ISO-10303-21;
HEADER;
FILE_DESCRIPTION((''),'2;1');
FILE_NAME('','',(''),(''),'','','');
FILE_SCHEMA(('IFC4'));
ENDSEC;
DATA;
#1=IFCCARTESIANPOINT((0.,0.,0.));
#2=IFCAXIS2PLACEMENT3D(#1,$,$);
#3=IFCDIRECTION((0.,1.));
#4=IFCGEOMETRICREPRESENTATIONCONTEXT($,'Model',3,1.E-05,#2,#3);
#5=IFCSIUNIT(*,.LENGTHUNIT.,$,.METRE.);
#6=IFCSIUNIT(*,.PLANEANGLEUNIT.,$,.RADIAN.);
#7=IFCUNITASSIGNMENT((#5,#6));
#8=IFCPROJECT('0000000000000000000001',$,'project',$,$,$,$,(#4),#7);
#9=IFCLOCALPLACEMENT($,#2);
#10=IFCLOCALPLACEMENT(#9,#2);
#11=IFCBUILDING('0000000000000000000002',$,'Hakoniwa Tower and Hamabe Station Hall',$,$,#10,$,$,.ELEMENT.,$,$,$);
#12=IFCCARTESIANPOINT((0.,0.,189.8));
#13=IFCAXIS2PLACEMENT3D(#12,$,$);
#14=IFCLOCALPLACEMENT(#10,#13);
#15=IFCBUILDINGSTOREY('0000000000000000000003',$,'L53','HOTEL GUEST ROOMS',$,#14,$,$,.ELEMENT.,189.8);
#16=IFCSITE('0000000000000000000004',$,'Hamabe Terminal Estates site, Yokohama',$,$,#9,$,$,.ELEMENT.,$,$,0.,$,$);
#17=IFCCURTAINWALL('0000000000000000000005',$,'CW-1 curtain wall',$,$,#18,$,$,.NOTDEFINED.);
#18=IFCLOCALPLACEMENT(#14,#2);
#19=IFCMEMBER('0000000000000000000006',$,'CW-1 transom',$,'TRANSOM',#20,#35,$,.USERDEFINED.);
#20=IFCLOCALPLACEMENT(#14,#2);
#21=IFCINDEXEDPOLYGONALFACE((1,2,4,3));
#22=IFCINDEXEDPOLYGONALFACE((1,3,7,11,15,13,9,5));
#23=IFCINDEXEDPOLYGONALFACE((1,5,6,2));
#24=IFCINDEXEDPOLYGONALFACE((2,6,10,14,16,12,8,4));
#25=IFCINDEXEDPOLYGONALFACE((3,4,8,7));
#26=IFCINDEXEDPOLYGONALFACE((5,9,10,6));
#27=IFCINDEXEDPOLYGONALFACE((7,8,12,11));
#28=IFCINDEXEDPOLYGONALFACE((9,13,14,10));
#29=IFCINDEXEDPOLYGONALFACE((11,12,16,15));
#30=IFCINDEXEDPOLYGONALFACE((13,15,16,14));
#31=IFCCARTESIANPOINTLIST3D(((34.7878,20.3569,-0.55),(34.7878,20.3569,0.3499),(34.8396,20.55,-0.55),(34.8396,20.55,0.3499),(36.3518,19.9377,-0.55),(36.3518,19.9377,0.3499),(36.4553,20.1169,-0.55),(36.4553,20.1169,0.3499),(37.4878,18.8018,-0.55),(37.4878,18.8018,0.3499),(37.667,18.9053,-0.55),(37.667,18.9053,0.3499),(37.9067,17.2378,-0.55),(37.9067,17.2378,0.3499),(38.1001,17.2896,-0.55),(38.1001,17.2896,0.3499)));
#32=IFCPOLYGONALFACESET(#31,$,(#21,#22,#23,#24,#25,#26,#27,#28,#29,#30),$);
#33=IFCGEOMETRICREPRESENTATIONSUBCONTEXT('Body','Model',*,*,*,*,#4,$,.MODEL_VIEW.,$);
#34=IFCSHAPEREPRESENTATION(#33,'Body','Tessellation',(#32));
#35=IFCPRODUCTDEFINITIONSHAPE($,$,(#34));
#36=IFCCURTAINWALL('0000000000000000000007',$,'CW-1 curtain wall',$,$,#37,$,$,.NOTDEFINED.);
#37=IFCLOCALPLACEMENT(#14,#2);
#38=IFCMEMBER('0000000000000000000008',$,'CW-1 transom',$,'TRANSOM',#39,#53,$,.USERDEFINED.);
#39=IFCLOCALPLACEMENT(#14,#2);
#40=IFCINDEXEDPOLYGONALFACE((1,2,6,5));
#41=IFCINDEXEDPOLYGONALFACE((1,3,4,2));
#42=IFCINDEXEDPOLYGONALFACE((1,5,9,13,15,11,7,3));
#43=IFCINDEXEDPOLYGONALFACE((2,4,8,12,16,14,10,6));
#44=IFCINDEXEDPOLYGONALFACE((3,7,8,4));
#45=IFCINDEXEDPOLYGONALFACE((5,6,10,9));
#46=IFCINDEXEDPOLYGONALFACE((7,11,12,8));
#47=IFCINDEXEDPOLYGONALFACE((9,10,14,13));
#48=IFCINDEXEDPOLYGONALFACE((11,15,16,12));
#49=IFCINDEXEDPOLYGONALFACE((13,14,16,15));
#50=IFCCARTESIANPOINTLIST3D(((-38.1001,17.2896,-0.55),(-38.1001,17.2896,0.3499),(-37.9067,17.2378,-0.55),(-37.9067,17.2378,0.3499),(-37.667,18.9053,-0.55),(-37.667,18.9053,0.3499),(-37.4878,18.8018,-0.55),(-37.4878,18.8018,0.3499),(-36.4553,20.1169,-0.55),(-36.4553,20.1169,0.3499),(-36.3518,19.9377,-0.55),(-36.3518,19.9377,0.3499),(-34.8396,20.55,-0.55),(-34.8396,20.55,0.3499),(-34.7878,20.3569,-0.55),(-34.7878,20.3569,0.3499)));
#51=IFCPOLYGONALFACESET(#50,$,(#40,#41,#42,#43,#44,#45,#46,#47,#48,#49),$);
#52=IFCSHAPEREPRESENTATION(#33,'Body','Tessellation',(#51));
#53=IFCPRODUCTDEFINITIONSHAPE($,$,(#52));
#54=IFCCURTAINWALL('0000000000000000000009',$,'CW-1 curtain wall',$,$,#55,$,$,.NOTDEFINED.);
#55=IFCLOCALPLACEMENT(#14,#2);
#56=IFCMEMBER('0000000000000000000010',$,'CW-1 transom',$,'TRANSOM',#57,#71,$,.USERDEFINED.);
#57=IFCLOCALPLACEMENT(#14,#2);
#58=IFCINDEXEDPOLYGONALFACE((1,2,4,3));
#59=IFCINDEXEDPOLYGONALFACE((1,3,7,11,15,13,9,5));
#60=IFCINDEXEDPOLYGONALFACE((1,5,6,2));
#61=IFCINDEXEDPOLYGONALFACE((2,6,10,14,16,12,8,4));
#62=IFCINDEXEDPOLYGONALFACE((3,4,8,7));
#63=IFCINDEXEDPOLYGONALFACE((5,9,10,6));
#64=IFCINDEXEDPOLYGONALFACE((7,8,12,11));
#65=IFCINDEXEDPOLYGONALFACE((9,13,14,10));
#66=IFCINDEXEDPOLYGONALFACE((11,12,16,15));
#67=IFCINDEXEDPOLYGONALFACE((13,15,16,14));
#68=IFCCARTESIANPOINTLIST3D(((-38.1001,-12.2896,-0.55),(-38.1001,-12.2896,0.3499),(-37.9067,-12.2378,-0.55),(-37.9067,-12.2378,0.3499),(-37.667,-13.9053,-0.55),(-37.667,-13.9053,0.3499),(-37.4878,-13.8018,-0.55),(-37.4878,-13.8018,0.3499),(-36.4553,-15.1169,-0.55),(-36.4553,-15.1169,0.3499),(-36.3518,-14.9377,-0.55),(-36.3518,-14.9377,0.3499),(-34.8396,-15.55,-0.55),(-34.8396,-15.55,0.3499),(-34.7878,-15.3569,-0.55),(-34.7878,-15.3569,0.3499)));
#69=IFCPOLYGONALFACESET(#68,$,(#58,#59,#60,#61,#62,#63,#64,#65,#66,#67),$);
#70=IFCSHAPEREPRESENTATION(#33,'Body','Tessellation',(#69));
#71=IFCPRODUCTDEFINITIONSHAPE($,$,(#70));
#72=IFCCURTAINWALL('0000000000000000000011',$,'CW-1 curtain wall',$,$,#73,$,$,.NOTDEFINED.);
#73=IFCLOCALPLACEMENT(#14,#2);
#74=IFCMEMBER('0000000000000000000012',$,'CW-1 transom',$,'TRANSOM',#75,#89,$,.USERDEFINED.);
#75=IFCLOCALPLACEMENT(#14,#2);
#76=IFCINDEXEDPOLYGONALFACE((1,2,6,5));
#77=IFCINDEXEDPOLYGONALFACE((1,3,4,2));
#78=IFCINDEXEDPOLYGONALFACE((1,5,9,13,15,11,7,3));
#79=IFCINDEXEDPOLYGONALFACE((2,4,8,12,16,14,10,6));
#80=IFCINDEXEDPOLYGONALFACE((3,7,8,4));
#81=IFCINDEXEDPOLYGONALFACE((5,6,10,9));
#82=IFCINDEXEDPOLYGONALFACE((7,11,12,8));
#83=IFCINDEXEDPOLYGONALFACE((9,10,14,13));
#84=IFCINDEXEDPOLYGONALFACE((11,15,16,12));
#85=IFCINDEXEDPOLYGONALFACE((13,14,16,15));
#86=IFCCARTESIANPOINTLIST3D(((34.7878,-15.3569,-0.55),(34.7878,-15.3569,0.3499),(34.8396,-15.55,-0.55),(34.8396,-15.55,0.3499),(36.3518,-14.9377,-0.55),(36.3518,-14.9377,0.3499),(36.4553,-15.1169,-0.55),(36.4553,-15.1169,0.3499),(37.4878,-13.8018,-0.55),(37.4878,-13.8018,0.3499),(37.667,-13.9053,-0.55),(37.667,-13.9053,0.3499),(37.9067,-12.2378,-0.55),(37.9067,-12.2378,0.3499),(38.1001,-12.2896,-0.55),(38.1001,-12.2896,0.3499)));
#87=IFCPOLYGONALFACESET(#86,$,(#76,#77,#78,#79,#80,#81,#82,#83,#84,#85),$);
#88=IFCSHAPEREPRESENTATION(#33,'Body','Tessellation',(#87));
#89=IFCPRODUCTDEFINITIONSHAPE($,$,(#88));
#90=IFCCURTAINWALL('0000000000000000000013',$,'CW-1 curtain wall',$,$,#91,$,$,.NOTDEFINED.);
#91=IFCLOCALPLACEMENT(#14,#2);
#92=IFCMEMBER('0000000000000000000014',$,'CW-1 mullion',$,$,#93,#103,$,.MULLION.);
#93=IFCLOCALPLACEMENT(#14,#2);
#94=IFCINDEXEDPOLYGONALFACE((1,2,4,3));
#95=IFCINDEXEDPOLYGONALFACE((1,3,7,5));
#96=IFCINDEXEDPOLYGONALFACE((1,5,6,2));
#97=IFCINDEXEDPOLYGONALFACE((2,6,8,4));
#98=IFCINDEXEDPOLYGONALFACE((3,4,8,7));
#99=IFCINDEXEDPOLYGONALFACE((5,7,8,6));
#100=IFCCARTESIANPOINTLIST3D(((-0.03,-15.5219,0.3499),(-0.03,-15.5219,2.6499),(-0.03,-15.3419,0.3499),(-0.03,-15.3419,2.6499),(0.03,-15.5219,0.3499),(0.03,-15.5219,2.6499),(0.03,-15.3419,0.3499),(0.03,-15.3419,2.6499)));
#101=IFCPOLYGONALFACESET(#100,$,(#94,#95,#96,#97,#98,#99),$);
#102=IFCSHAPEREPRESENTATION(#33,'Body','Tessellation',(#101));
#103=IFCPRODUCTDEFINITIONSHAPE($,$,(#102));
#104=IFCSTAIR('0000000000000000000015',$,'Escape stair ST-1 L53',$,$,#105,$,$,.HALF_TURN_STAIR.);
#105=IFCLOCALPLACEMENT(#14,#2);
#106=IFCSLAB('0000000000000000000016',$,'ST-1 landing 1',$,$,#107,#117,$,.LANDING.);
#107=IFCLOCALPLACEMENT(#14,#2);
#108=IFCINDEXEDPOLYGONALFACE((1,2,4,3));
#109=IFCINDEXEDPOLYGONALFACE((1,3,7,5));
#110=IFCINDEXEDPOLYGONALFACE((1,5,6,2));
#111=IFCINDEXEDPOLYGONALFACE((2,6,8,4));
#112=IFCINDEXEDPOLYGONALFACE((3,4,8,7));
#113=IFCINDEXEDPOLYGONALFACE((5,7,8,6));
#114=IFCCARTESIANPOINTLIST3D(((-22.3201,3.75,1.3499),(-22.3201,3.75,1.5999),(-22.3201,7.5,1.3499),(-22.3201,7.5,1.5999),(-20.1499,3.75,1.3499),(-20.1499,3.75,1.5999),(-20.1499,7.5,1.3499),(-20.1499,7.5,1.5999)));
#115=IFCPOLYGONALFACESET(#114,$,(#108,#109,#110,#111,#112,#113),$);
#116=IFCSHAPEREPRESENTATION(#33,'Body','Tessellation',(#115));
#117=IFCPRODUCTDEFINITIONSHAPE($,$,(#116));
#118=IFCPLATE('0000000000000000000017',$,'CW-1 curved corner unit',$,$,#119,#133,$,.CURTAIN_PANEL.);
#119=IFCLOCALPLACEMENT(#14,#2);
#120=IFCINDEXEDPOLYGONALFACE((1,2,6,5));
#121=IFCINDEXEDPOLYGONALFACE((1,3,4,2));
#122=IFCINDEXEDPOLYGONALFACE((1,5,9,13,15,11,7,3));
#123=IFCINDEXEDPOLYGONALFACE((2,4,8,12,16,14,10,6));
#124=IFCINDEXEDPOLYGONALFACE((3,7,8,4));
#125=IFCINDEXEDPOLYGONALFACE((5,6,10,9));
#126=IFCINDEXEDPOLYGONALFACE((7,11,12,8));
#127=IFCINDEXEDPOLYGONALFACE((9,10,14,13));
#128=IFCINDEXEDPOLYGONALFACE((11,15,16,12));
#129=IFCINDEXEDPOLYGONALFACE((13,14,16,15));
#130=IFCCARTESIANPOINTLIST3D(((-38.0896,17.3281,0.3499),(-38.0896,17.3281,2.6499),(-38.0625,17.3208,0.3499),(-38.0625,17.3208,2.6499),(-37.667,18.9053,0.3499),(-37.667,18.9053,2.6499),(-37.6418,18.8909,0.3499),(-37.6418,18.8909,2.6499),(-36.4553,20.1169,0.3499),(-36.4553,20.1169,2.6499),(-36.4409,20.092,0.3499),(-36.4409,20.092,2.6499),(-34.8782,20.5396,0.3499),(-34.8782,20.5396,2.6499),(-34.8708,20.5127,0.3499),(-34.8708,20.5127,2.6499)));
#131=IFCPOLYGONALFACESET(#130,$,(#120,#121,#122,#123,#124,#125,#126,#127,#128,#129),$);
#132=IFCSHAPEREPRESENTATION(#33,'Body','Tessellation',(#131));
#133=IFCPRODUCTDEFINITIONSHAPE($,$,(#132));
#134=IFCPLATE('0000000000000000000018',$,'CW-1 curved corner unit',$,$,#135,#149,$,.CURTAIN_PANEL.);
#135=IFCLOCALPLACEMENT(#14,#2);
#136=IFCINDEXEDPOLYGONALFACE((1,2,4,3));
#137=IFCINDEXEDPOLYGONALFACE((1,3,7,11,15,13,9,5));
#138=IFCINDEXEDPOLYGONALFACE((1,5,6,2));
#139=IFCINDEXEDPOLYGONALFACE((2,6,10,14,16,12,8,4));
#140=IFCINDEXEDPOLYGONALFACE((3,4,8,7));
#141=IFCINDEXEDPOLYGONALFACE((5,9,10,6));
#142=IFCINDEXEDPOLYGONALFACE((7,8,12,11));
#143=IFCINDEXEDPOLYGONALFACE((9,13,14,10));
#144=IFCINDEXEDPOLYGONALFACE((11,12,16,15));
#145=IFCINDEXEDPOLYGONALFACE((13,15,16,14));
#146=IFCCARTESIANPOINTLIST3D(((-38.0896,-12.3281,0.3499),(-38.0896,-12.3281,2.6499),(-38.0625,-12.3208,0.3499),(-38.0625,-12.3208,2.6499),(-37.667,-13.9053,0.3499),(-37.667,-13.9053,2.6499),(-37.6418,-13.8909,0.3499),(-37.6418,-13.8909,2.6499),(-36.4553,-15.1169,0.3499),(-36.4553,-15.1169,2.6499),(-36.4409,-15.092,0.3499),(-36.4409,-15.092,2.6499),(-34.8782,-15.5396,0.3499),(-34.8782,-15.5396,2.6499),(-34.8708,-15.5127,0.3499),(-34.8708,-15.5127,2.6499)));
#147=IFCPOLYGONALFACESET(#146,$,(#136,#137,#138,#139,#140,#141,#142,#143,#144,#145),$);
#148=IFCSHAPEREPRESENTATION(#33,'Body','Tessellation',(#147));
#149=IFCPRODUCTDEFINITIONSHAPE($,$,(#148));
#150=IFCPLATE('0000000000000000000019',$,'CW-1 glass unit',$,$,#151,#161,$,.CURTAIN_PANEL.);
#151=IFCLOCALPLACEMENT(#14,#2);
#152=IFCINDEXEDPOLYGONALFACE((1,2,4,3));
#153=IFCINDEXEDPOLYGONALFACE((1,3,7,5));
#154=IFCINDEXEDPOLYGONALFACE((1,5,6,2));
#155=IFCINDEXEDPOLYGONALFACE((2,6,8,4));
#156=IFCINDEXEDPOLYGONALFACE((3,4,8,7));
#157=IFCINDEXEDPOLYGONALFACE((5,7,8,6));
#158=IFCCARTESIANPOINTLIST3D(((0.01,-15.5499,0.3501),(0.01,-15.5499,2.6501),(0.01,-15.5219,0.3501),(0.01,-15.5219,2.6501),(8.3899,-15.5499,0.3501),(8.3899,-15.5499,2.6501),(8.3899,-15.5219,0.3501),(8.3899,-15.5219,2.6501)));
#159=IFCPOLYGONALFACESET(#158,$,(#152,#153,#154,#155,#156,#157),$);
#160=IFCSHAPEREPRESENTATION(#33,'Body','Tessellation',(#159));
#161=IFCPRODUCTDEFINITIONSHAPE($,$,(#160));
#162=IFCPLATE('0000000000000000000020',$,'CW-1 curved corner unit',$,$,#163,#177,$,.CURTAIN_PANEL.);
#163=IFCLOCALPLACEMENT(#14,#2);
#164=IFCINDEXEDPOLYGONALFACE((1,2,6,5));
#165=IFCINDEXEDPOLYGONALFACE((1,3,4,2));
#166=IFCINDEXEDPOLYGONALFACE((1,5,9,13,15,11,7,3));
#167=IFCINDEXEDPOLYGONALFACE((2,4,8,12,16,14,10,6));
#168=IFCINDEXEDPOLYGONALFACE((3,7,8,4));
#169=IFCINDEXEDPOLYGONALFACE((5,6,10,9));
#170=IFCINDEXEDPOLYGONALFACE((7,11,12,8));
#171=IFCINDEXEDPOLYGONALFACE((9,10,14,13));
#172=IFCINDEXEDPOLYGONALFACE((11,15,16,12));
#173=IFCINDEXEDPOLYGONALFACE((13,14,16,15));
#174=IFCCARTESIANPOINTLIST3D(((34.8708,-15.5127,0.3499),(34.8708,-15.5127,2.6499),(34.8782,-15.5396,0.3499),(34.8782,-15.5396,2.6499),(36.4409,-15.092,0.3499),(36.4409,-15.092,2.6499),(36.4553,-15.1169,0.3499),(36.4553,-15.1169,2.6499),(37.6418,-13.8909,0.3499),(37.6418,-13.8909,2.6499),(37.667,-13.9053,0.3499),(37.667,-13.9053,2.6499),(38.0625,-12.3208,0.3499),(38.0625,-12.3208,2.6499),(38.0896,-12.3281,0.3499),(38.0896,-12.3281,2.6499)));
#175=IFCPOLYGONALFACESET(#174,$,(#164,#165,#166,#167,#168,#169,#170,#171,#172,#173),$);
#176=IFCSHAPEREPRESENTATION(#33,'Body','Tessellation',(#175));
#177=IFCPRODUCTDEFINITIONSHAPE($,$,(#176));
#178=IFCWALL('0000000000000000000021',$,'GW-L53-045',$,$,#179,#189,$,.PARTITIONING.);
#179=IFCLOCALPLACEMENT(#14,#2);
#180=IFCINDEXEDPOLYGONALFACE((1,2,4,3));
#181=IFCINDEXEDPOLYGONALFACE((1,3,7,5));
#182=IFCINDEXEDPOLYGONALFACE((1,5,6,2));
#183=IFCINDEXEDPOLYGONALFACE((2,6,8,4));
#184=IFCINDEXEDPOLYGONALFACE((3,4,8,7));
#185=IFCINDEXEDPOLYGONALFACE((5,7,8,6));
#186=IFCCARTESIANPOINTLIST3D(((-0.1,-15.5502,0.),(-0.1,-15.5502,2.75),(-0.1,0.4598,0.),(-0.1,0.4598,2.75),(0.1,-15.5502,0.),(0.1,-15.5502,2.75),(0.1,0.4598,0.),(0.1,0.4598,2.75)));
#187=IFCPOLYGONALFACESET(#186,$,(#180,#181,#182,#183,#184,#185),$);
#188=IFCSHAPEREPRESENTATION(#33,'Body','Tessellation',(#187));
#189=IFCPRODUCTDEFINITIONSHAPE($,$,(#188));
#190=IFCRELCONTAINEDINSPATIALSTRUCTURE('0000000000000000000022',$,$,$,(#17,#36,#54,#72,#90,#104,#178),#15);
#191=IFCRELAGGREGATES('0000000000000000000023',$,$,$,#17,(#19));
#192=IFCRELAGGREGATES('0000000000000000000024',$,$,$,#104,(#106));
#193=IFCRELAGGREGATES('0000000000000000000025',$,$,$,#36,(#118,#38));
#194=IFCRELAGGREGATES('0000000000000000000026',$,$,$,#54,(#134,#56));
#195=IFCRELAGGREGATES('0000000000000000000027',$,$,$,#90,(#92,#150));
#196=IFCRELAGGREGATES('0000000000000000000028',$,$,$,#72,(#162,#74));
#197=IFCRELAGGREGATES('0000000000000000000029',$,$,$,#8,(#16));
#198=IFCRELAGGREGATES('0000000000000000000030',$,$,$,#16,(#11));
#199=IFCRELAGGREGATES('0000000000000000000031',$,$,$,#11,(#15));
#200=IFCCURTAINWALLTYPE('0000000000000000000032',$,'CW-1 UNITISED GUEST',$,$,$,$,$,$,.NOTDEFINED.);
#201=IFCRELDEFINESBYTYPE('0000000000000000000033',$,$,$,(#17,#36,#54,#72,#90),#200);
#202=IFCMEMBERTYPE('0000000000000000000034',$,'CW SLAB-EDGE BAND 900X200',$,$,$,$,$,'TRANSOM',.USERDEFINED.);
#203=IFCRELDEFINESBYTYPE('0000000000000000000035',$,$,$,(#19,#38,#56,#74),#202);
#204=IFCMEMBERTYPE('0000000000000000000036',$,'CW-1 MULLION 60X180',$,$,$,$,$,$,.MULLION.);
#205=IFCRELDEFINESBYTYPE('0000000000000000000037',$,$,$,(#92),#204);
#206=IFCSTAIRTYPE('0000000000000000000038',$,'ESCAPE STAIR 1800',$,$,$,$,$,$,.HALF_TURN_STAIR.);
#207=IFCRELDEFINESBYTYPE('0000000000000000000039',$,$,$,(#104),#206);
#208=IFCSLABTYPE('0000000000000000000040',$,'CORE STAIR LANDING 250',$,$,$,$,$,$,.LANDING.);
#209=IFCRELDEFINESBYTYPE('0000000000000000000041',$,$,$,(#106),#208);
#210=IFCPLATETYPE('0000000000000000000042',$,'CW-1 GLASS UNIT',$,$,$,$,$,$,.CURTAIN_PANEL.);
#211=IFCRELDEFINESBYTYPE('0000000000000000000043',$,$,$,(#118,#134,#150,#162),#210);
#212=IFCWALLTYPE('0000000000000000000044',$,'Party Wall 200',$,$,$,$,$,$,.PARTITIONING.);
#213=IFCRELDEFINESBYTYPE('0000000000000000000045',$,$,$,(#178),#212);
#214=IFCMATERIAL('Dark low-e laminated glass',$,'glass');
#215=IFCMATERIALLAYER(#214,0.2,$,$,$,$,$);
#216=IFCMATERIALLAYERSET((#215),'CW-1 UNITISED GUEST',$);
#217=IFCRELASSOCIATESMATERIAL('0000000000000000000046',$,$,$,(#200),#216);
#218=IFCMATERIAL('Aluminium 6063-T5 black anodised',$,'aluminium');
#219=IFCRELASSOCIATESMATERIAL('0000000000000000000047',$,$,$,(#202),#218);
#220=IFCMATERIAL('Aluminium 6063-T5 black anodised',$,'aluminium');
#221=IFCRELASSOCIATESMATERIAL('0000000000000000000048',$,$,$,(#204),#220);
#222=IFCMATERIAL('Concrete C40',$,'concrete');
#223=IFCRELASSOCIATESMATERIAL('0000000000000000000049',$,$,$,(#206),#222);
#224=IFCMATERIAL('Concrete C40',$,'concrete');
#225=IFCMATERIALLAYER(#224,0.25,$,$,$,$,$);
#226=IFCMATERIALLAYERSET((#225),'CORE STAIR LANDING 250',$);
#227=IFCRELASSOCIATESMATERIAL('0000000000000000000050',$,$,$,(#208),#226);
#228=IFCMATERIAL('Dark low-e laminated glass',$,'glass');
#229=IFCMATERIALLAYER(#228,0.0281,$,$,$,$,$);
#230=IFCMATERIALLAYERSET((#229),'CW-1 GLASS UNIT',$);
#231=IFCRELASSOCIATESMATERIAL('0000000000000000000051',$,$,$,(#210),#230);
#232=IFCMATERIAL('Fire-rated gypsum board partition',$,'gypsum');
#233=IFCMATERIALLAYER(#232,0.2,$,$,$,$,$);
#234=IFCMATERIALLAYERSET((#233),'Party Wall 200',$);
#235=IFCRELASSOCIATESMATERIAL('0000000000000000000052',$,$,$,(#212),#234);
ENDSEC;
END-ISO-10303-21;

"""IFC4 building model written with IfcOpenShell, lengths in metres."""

from ifc_helpers import new_model, si_unit, direction, frame, frame_2d, origin, origin_2d, place, context, subcontext, project, spatial, polyline, rectangle, outline, extrude, material, layer, layer_set, material_profile, profile_set, type_object, element, aggregate, save


model = new_model("IFC4")

# Units and contexts
model_context = context("Model", 3, precision=1e-05, world=origin(), true_north=direction((0.0, 1.0)))
body_context = subcontext(model_context, "Body", "Model", "MODEL_VIEW")
ifc_project = project(units=[si_unit("LENGTHUNIT", "METRE"), si_unit("PLANEANGLEUNIT", "RADIAN")], contexts=[model_context])

# Site, building, storey
site_placement = place(None, origin())
site = spatial("IfcSite", under=ifc_project, at=site_placement, Name="Hamabe Terminal Estates site, Yokohama", CompositionType="ELEMENT", RefElevation=0.0)
building_placement = place(site_placement, origin())
building = spatial("IfcBuilding", under=site, at=building_placement, Name="Hakoniwa Tower and Hamabe Station Hall", CompositionType="ELEMENT")
storey_placement = place(building_placement, frame((0.0, 0.0, 189.8)))
storey = spatial("IfcBuildingStorey", under=building, at=storey_placement, Name="L53", Description="HOTEL GUEST ROOMS", CompositionType="ELEMENT", Elevation=189.8)

# Curtain walls, members
ifc_material_1 = material(Name="Dark low-e laminated glass", Category="glass")
ifc_layer_1 = layer(ifc_material_1, 0.2)
ifc_layer_set_1 = layer_set([ifc_layer_1], Name="CW-1 UNITISED GUEST")
curtain_wall_type = type_object("IfcCurtainWallType", Name="CW-1 UNITISED GUEST", PredefinedType="NOTDEFINED", material=ifc_layer_set_1)
curtain_wall_1_placement = place(storey_placement, origin())
curtain_wall_1 = element("IfcCurtainWall", 1, at=curtain_wall_1_placement, inside=storey, type_object=curtain_wall_type, Name="CW-1 curtain wall", PredefinedType="NOTDEFINED")
ifc_material_2 = material(Name="Aluminium 6063-T5 black anodised", Category="aluminium")
ifc_material_profile_1 = material_profile(ifc_material_2, rectangle(XDim=0.2, YDim=0.8999, at=origin_2d()), Name="CW SLAB-EDGE BAND 900X200")
ifc_profile_set_1 = profile_set([ifc_material_profile_1], Name="Aluminium 6063-T5 black anodised")
member_type_1 = type_object("IfcMemberType", Name="CW SLAB-EDGE BAND 900X200", ElementType="TRANSOM", PredefinedType="USERDEFINED", material=ifc_profile_set_1)
member_1_placement = place(storey_placement, frame((0.0, 0.0, -0.55)))
member_1 = element("IfcMember", 2, at=member_1_placement, type_object=member_type_1, Name="CW-1 transom", ObjectType="TRANSOM", PredefinedType="USERDEFINED", context=body_context, shape_type="SweptSolid", body=[
    extrude(outline(polyline([(38.1001, 17.2896), (37.667, 18.9053), (36.4553, 20.1169), (34.8396, 20.55), (34.7878, 20.3569), (36.3518, 19.9377), (37.4878, 18.8018), (37.9067, 17.2378), (38.1001, 17.2896)])), origin(), (0.0, 0.0, 1.0), 0.8999),
])
aggregate(curtain_wall_1, [member_1])
curtain_wall_2_placement = place(storey_placement, origin())
curtain_wall_2 = element("IfcCurtainWall", 3, at=curtain_wall_2_placement, inside=storey, type_object=curtain_wall_type, Name="CW-1 curtain wall", PredefinedType="NOTDEFINED")
member_2_placement = place(storey_placement, frame((0.0, 0.0, -0.55)))
member_2 = element("IfcMember", 4, at=member_2_placement, type_object=member_type_1, Name="CW-1 transom", ObjectType="TRANSOM", PredefinedType="USERDEFINED", context=body_context, shape_type="SweptSolid", body=[
    extrude(outline(polyline([(-34.8396, 20.55), (-36.4553, 20.1169), (-37.667, 18.9053), (-38.1001, 17.2896), (-37.9067, 17.2378), (-37.4878, 18.8018), (-36.3518, 19.9377), (-34.7878, 20.3569), (-34.8396, 20.55)])), origin(), (0.0, 0.0, 1.0), 0.8999),
])
curtain_wall_3_placement = place(storey_placement, origin())
curtain_wall_3 = element("IfcCurtainWall", 5, at=curtain_wall_3_placement, inside=storey, type_object=curtain_wall_type, Name="CW-1 curtain wall", PredefinedType="NOTDEFINED")
member_3_placement = place(storey_placement, frame((0.0, 0.0, -0.55)))
member_3 = element("IfcMember", 6, at=member_3_placement, type_object=member_type_1, Name="CW-1 transom", ObjectType="TRANSOM", PredefinedType="USERDEFINED", context=body_context, shape_type="SweptSolid", body=[
    extrude(outline(polyline([(-38.1001, -12.2896), (-37.667, -13.9053), (-36.4553, -15.1169), (-34.8396, -15.55), (-34.7878, -15.3569), (-36.3518, -14.9377), (-37.4878, -13.8018), (-37.9067, -12.2378), (-38.1001, -12.2896)])), origin(), (0.0, 0.0, 1.0), 0.8999),
])
curtain_wall_4_placement = place(storey_placement, origin())
curtain_wall_4 = element("IfcCurtainWall", 7, at=curtain_wall_4_placement, inside=storey, type_object=curtain_wall_type, Name="CW-1 curtain wall", PredefinedType="NOTDEFINED")
member_4_placement = place(storey_placement, frame((0.0, 0.0, -0.55)))
member_4 = element("IfcMember", 8, at=member_4_placement, type_object=member_type_1, Name="CW-1 transom", ObjectType="TRANSOM", PredefinedType="USERDEFINED", context=body_context, shape_type="SweptSolid", body=[
    extrude(outline(polyline([(34.8396, -15.55), (36.4553, -15.1169), (37.667, -13.9053), (38.1001, -12.2896), (37.9067, -12.2378), (37.4878, -13.8018), (36.3518, -14.9377), (34.7878, -15.3569), (34.8396, -15.55)])), origin(), (0.0, 0.0, 1.0), 0.8999),
])
curtain_wall_5_placement = place(storey_placement, origin())
curtain_wall_5 = element("IfcCurtainWall", 9, at=curtain_wall_5_placement, inside=storey, type_object=curtain_wall_type, Name="CW-1 curtain wall", PredefinedType="NOTDEFINED")
ifc_material_3 = material(Name="Aluminium 6063-T5 black anodised", Category="aluminium")
ifc_material_profile_2 = material_profile(ifc_material_3, rectangle(XDim=0.0601, YDim=0.1799, at=origin_2d()), Name="CW-1 MULLION 60X180")
ifc_profile_set_2 = profile_set([ifc_material_profile_2], Name="Aluminium 6063-T5 black anodised")
member_type_2 = type_object("IfcMemberType", Name="CW-1 MULLION 60X180", PredefinedType="MULLION", material=ifc_profile_set_2)
member_5_placement = place(storey_placement, frame((0.0, -15.4319, 0.3499), z_axis=(0.0, 0.0, 1.0), x_axis=(1.0, 0.0, 0.0)))
member_5 = element("IfcMember", 10, at=member_5_placement, type_object=member_type_2, Name="CW-1 mullion", PredefinedType="MULLION", context=body_context, shape_type="SweptSolid", body=[
    extrude(rectangle(XDim=0.0601, YDim=0.1799, at=origin_2d()), origin(), (0.0, 0.0, 1.0), 2.3),
])

# Stair, slab
ifc_material_4 = material(Name="Concrete C40", Category="concrete")
stair_type = type_object("IfcStairType", Name="ESCAPE STAIR 1800", PredefinedType="HALF_TURN_STAIR", material=ifc_material_4)
stair_placement = place(storey_placement, origin())
stair = element("IfcStair", 11, at=stair_placement, inside=storey, type_object=stair_type, Name="Escape stair ST-1 L53", PredefinedType="HALF_TURN_STAIR")
ifc_material_5 = material(Name="Concrete C40", Category="concrete")
ifc_layer_2 = layer(ifc_material_5, 0.25)
ifc_layer_set_2 = layer_set([ifc_layer_2], Name="CORE STAIR LANDING 250")
slab_type = type_object("IfcSlabType", Name="CORE STAIR LANDING 250", PredefinedType="LANDING", material=ifc_layer_set_2)
slab_placement = place(storey_placement, frame((0.0, 0.0, 1.3499)))
slab = element("IfcSlab", 12, at=slab_placement, type_object=slab_type, Name="ST-1 landing 1", PredefinedType="LANDING", context=body_context, shape_type="SweptSolid", body=[
    extrude(outline(polyline([(-22.3201, 3.75), (-20.1499, 3.75), (-20.1499, 7.5), (-22.3201, 7.5), (-22.3201, 3.75)])), origin(), (0.0, 0.0, 1.0), 0.25),
])
aggregate(stair, [slab])

# Plates
ifc_material_6 = material(Name="Dark low-e laminated glass", Category="glass")
ifc_layer_3 = layer(ifc_material_6, 0.0281)
ifc_layer_set_3 = layer_set([ifc_layer_3], Name="CW-1 GLASS UNIT")
plate_type = type_object("IfcPlateType", Name="CW-1 GLASS UNIT", PredefinedType="CURTAIN_PANEL", material=ifc_layer_set_3)
plate_1_placement = place(storey_placement, frame((0.0, 0.0, 0.3499)))
plate_1 = element("IfcPlate", 13, at=plate_1_placement, type_object=plate_type, Name="CW-1 curved corner unit", PredefinedType="CURTAIN_PANEL", context=body_context, shape_type="SweptSolid", body=[
    extrude(outline(polyline([(-34.8782, 20.5396), (-36.4553, 20.1169), (-37.667, 18.9053), (-38.0896, 17.3281), (-38.0625, 17.3208), (-37.6418, 18.8909), (-36.4409, 20.092), (-34.8708, 20.5127), (-34.8782, 20.5396)])), origin(), (0.0, 0.0, 1.0), 2.3),
])
aggregate(curtain_wall_2, [plate_1, member_2])
plate_2_placement = place(storey_placement, frame((0.0, 0.0, 0.3499)))
plate_2 = element("IfcPlate", 14, at=plate_2_placement, type_object=plate_type, Name="CW-1 curved corner unit", PredefinedType="CURTAIN_PANEL", context=body_context, shape_type="SweptSolid", body=[
    extrude(outline(polyline([(-38.0896, -12.3281), (-37.667, -13.9053), (-36.4553, -15.1169), (-34.8782, -15.5396), (-34.8708, -15.5127), (-36.4409, -15.092), (-37.6418, -13.8909), (-38.0625, -12.3208), (-38.0896, -12.3281)])), origin(), (0.0, 0.0, 1.0), 2.3),
])
aggregate(curtain_wall_3, [plate_2, member_3])
plate_3_placement = place(storey_placement, frame((4.2, -15.5359, 0.3501), z_axis=(0.0, 0.0, 1.0), x_axis=(1.0, 0.0, 0.0)))
plate_3 = element("IfcPlate", 15, at=plate_3_placement, type_object=plate_type, Name="CW-1 glass unit", PredefinedType="CURTAIN_PANEL", context=body_context, shape_type="SweptSolid", body=[
    extrude(rectangle(XDim=8.3799, YDim=0.0281, at=origin_2d()), origin(), (0.0, 0.0, 1.0), 2.3),
])
aggregate(curtain_wall_5, [member_5, plate_3])
plate_4_placement = place(storey_placement, frame((0.0, 0.0, 0.3499)))
plate_4 = element("IfcPlate", 16, at=plate_4_placement, type_object=plate_type, Name="CW-1 curved corner unit", PredefinedType="CURTAIN_PANEL", context=body_context, shape_type="SweptSolid", body=[
    extrude(outline(polyline([(34.8782, -15.5396), (36.4553, -15.1169), (37.667, -13.9053), (38.0896, -12.3281), (38.0625, -12.3208), (37.6418, -13.8909), (36.4409, -15.092), (34.8708, -15.5127), (34.8782, -15.5396)])), origin(), (0.0, 0.0, 1.0), 2.3),
])
aggregate(curtain_wall_4, [plate_4, member_4])

# Wall
ifc_material_7 = material(Name="Fire-rated gypsum board partition", Category="gypsum")
ifc_layer_4 = layer(ifc_material_7, 0.2)
ifc_layer_set_4 = layer_set([ifc_layer_4], Name="Party Wall 200")
wall_type = type_object("IfcWallType", Name="Party Wall 200", PredefinedType="PARTITIONING", material=ifc_layer_set_4)
wall_1_placement = place(storey_placement, frame((0.0, -15.55, 0.0), z_axis=(0.0, 0.0, 1.0), x_axis=(0.0, 1.0, 0.0)))
element("IfcWall", 17, at=wall_1_placement, inside=storey, type_object=wall_type, Name="GW-L53-045", PredefinedType="PARTITIONING", context=body_context, shape_type="SweptSolid", body=[
    extrude(rectangle(XDim=16.01, YDim=0.2, at=frame_2d((8.0049, 0.0))), origin(), (0.0, 0.0, 1.0), 2.75),
])

save(model, "model.ifc")
